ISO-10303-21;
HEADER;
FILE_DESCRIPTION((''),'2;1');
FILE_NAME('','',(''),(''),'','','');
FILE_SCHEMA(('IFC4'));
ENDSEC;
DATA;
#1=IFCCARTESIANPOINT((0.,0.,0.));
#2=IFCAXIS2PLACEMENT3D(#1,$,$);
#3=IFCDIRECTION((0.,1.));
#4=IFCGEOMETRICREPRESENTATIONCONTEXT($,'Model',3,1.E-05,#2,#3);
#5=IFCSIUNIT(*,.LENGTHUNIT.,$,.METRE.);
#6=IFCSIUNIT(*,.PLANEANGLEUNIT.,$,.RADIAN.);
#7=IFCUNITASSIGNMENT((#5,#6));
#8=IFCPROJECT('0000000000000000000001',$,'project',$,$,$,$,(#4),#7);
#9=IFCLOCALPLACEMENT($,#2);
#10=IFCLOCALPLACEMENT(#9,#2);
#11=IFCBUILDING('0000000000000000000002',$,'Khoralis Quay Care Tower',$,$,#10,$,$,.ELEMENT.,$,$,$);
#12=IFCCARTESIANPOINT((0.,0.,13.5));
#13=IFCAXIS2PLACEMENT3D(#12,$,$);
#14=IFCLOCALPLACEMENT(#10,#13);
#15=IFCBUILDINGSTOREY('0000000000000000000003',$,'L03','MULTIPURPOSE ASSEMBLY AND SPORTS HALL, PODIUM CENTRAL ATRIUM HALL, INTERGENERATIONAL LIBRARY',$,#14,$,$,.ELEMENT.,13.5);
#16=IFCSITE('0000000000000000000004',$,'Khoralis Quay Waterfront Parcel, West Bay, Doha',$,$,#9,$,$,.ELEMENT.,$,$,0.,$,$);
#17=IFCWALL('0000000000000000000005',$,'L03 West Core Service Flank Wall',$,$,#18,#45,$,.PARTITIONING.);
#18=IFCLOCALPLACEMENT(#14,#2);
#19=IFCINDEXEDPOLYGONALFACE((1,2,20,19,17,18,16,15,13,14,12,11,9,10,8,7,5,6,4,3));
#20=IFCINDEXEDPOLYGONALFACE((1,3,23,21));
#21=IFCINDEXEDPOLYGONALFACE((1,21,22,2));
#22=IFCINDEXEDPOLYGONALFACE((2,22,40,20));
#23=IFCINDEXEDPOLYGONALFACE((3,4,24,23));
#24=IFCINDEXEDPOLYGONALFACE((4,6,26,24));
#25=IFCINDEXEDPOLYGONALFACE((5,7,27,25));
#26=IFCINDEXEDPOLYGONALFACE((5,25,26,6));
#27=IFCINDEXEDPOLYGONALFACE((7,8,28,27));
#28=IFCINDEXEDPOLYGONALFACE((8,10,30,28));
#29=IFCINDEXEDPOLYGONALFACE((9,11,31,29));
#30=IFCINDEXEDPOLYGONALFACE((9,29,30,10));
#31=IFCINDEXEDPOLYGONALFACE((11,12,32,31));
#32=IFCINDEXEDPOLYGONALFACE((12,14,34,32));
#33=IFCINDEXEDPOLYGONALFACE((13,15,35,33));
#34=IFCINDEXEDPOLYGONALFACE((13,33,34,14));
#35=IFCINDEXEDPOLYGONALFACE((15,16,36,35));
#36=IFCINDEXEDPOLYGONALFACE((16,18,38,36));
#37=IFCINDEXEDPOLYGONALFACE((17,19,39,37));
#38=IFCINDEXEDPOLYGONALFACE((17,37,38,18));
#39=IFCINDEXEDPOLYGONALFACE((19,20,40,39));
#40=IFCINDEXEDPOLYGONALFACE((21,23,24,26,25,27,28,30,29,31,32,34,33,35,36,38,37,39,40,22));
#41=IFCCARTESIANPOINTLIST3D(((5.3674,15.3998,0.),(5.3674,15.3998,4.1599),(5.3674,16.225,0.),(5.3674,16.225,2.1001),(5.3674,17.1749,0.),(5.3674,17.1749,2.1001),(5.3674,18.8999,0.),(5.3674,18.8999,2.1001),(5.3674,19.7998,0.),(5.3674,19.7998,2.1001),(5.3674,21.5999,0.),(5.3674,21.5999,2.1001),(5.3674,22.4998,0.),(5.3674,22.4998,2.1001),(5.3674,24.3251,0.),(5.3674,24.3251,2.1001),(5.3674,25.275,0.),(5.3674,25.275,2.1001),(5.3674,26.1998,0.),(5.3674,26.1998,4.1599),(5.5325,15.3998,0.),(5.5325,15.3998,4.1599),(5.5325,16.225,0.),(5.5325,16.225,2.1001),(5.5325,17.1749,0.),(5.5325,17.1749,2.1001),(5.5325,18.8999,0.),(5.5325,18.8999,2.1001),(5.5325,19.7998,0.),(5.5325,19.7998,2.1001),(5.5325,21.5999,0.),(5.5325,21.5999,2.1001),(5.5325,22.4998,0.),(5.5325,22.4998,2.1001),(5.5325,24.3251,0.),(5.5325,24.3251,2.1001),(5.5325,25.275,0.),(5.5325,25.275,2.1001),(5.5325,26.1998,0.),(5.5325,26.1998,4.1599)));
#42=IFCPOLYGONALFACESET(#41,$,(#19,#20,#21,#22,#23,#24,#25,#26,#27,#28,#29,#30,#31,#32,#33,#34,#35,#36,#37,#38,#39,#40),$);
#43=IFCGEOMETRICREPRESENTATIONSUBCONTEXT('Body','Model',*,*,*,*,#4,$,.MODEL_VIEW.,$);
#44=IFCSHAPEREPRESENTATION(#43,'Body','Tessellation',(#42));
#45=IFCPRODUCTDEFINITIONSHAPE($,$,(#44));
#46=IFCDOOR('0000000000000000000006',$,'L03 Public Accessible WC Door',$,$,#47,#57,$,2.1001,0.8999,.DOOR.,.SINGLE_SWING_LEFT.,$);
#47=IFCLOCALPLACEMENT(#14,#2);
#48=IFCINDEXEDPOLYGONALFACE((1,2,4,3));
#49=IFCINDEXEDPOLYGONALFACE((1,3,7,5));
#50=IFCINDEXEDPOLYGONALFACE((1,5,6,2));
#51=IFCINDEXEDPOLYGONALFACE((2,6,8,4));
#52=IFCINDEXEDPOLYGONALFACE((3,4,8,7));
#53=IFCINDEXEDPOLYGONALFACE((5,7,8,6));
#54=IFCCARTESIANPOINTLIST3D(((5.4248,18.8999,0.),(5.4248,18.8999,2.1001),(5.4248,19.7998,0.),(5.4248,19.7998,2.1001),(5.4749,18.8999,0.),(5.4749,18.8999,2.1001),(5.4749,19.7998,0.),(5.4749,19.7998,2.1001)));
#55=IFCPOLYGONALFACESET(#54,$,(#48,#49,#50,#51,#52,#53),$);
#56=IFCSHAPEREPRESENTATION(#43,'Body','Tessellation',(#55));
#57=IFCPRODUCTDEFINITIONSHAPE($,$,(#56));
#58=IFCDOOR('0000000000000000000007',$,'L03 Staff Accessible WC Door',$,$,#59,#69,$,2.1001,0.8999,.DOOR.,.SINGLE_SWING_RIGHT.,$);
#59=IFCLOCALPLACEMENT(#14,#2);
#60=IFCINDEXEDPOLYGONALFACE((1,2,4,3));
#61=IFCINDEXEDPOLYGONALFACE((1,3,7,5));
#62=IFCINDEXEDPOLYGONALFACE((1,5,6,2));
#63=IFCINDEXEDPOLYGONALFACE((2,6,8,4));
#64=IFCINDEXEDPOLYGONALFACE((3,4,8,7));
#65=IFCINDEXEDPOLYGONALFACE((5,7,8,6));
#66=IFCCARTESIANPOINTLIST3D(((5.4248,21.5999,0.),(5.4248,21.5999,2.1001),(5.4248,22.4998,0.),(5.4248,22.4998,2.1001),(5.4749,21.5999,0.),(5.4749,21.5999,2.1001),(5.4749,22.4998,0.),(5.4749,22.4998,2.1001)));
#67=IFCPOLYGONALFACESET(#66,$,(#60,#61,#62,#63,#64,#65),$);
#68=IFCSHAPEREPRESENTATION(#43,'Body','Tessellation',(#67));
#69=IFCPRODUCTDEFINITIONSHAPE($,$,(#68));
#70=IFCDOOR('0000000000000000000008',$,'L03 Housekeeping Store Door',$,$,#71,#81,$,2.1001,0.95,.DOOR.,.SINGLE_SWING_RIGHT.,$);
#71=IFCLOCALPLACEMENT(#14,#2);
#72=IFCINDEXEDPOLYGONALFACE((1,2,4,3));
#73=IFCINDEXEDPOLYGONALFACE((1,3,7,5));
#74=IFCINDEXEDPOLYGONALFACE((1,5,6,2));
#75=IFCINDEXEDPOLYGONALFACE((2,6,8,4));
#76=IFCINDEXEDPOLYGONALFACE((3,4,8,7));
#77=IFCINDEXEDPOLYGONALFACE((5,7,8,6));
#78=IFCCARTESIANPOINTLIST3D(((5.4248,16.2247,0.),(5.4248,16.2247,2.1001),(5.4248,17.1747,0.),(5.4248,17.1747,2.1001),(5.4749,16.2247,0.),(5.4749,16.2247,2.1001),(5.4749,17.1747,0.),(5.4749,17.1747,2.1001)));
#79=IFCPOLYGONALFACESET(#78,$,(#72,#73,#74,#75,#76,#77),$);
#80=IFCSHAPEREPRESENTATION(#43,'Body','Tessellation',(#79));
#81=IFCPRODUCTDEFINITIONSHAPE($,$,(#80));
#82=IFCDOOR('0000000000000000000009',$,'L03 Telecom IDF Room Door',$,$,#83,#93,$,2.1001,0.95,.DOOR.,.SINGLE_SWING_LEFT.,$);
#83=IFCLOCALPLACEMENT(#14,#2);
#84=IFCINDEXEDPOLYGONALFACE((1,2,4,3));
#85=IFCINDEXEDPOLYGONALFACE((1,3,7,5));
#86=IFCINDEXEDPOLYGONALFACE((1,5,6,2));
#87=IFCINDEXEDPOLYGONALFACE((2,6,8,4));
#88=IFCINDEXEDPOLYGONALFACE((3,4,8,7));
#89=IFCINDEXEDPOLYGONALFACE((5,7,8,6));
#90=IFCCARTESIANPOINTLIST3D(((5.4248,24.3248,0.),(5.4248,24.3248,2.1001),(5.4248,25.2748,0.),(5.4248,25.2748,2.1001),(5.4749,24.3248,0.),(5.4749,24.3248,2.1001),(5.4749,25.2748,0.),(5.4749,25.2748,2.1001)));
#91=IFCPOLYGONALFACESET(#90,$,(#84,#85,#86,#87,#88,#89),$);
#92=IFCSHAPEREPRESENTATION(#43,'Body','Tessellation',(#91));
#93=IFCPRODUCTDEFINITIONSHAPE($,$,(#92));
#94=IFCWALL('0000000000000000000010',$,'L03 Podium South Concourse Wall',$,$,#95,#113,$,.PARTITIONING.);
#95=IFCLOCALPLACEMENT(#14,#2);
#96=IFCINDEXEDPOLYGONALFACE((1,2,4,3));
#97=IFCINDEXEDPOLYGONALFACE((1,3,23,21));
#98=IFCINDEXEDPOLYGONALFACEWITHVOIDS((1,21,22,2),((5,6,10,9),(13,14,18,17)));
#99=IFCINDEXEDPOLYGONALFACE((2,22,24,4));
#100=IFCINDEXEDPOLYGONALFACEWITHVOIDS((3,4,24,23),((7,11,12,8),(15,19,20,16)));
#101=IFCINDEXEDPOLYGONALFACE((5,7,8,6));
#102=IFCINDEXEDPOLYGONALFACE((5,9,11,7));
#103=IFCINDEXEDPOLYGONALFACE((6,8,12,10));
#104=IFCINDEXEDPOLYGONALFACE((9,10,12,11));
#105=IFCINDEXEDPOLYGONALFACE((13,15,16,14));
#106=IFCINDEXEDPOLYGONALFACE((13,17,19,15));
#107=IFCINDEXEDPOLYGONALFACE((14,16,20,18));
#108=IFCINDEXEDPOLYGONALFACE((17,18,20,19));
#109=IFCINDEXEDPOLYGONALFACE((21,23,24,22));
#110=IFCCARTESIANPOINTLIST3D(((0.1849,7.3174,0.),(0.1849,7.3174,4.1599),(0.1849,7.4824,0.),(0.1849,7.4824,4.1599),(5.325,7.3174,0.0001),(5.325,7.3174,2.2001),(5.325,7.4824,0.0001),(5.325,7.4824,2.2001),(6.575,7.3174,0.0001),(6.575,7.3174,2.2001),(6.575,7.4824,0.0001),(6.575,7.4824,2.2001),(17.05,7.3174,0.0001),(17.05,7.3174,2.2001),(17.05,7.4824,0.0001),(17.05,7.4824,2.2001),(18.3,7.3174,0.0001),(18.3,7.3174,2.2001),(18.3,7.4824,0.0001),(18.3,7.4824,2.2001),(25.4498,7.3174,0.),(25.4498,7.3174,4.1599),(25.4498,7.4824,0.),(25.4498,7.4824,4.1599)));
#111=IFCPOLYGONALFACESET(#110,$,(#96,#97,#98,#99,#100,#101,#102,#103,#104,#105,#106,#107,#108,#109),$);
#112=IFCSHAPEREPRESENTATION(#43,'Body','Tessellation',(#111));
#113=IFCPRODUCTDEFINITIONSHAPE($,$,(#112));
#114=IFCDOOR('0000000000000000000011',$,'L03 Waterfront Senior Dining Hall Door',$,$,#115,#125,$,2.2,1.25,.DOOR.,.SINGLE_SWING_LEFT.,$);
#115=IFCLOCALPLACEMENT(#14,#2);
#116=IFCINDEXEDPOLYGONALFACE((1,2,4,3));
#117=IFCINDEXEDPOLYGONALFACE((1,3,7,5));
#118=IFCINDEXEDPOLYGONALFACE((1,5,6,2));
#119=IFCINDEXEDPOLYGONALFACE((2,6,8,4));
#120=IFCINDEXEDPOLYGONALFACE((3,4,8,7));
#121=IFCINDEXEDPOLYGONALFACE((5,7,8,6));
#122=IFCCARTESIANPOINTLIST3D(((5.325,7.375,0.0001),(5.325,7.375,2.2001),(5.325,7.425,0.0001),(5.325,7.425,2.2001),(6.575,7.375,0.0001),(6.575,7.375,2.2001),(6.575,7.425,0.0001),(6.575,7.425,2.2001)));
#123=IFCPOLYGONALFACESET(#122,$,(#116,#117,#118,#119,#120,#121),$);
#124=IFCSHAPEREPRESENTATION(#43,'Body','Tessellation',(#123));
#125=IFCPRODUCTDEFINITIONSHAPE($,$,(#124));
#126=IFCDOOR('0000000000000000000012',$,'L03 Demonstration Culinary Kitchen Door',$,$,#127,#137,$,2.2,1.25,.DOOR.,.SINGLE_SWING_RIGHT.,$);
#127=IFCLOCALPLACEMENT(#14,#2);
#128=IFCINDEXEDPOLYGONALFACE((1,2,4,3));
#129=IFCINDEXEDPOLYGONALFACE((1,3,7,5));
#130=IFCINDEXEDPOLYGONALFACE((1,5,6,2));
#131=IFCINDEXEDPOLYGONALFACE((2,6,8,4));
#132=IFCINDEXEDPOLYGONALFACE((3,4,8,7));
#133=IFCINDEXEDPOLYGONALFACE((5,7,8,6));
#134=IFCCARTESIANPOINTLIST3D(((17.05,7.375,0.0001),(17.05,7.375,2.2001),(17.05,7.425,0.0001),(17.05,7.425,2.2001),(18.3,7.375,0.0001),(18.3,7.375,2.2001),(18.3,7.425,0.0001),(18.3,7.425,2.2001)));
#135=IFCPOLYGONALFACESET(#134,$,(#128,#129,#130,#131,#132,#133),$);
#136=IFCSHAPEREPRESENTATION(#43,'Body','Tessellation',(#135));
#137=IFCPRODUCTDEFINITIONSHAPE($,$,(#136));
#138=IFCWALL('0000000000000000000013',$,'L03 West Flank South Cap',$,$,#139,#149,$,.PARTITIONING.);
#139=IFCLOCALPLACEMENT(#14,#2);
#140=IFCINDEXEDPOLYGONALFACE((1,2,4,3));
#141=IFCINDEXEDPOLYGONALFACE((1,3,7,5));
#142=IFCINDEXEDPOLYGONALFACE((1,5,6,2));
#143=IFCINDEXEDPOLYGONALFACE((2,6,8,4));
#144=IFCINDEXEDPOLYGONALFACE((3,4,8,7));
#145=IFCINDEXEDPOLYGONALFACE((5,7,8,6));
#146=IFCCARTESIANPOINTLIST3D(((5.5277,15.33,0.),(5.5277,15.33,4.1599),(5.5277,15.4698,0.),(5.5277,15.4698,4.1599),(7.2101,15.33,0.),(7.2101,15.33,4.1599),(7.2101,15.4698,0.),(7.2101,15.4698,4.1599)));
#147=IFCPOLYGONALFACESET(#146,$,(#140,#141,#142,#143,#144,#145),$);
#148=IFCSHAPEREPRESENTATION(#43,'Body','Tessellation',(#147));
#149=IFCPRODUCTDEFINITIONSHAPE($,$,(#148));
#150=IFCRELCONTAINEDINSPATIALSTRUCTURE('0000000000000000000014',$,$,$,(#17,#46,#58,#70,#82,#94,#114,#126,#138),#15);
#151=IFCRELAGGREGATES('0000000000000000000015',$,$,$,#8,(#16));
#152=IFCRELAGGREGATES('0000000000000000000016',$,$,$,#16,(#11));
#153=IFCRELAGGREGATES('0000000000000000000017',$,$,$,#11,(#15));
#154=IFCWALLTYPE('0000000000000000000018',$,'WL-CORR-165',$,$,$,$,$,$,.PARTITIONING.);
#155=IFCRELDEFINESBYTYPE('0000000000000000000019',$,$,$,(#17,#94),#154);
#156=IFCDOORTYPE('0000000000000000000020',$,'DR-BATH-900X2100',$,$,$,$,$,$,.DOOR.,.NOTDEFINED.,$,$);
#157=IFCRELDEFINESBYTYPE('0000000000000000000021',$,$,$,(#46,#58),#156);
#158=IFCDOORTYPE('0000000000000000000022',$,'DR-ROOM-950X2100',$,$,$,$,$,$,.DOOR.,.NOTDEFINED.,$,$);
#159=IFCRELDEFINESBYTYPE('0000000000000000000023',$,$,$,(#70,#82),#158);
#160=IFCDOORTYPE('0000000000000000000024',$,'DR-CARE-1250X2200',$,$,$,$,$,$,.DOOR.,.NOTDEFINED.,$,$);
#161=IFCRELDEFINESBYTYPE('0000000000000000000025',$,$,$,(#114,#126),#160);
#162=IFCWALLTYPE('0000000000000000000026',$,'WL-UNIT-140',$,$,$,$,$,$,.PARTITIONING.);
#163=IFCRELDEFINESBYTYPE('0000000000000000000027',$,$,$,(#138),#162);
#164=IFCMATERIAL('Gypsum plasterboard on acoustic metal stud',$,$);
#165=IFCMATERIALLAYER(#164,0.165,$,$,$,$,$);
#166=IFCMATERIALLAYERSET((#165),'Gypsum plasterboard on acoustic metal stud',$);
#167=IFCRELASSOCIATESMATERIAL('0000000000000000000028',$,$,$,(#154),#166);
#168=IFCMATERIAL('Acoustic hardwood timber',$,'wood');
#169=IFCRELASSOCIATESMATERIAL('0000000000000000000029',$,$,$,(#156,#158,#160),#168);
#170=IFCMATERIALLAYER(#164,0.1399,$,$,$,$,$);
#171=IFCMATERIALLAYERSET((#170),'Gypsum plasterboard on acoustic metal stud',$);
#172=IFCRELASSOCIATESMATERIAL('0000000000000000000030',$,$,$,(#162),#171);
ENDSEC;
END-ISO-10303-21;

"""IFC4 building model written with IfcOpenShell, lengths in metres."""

from ifc_helpers import new_model, si_unit, direction, frame, frame_2d, origin, place, context, subcontext, project, spatial, rectangle, extrude, source, transform, mapped, material, layer, layer_set, type_object, element, fill, save


model = new_model("IFC4")

# Units and contexts
model_context = context("Model", 3, precision=1e-05, world=origin(), true_north=direction((0.0, 1.0)))
body_context = subcontext(model_context, "Body", "Model", "MODEL_VIEW")
ifc_project = project(units=[si_unit("LENGTHUNIT", "METRE"), si_unit("PLANEANGLEUNIT", "RADIAN")], contexts=[model_context])

# Site, building, storey
site_placement = place(None, origin())
site = spatial("IfcSite", under=ifc_project, at=site_placement, Name="Khoralis Quay Waterfront Parcel, West Bay, Doha", CompositionType="ELEMENT", RefElevation=0.0)
building_placement = place(site_placement, origin())
building = spatial("IfcBuilding", under=site, at=building_placement, Name="Khoralis Quay Care Tower", CompositionType="ELEMENT")
storey_placement = place(building_placement, frame((0.0, 0.0, 13.5)))
storey = spatial("IfcBuildingStorey", under=building, at=storey_placement, Name="L03", Description="MULTIPURPOSE ASSEMBLY AND SPORTS HALL, PODIUM CENTRAL ATRIUM HALL, INTERGENERATIONAL LIBRARY", CompositionType="ELEMENT", Elevation=13.5)

# Walls, openings, doors
ifc_material_1 = material(Name="Gypsum plasterboard on acoustic metal stud")
ifc_layer_1 = layer(ifc_material_1, 0.165)
ifc_layer_set_1 = layer_set([ifc_layer_1], Name="Gypsum plasterboard on acoustic metal stud")
wall_type_1 = type_object("IfcWallType", Name="WL-CORR-165", PredefinedType="PARTITIONING", material=ifc_layer_set_1)
wall_1_placement = place(storey_placement, frame((5.45, 15.3999, 0.0), z_axis=(0.0, 0.0, 1.0), x_axis=(0.0, 1.0, 0.0)))
wall_1 = element("IfcWall", 1, at=wall_1_placement, inside=storey, type_object=wall_type_1, Name="L03 West Core Service Flank Wall", PredefinedType="PARTITIONING", context=body_context, shape_type="SweptSolid", body=[
    extrude(rectangle(XDim=10.8, YDim=0.165, at=frame_2d((5.3999, 0.0))), origin(), (0.0, 0.0, 1.0), 4.1599),
])
opening_1_placement = place(wall_1_placement, frame((0.825, 0.0, 0.0)))
opening_1 = element("IfcOpeningElement", 2, at=opening_1_placement, cuts=wall_1, PredefinedType="OPENING", context=body_context, shape_type="SweptSolid", body=[
    extrude(rectangle(XDim=0.95, YDim=2.1001, at=frame_2d((0.4751, 1.05))), frame((0.0, 0.0925, 0.0), z_axis=(0.0, -1.0, 0.0), x_axis=(1.0, 0.0, 0.0)), (0.0, 0.0, 1.0), 0.1851),
])
opening_2_placement = place(wall_1_placement, frame((3.5, 0.0, 0.0)))
opening_2 = element("IfcOpeningElement", 3, at=opening_2_placement, cuts=wall_1, PredefinedType="OPENING", context=body_context, shape_type="SweptSolid", body=[
    extrude(rectangle(XDim=0.8999, YDim=2.1001, at=frame_2d((0.45, 1.05))), frame((0.0, 0.0925, 0.0), z_axis=(0.0, -1.0, 0.0), x_axis=(1.0, 0.0, 0.0)), (0.0, 0.0, 1.0), 0.1851),
])
opening_3_placement = place(wall_1_placement, frame((6.2, 0.0, 0.0)))
opening_3 = element("IfcOpeningElement", 4, at=opening_3_placement, cuts=wall_1, PredefinedType="OPENING", context=body_context, shape_type="SweptSolid", body=[
    extrude(rectangle(XDim=0.8999, YDim=2.1001, at=frame_2d((0.45, 1.05))), frame((0.0, 0.0925, 0.0), z_axis=(0.0, -1.0, 0.0), x_axis=(1.0, 0.0, 0.0)), (0.0, 0.0, 1.0), 0.1851),
])
opening_4_placement = place(wall_1_placement, frame((8.925, 0.0, 0.0)))
opening_4 = element("IfcOpeningElement", 5, at=opening_4_placement, cuts=wall_1, PredefinedType="OPENING", context=body_context, shape_type="SweptSolid", body=[
    extrude(rectangle(XDim=0.95, YDim=2.1001, at=frame_2d((0.4751, 1.05))), frame((0.0, 0.0925, 0.0), z_axis=(0.0, -1.0, 0.0), x_axis=(1.0, 0.0, 0.0)), (0.0, 0.0, 1.0), 0.1851),
])
ifc_material_2 = material(Name="Acoustic hardwood timber", Category="wood")
door_type_1 = type_object("IfcDoorType", Name="DR-BATH-900X2100", OperationType="NOTDEFINED", PredefinedType="DOOR", material=ifc_material_2)
shared_shape_1 = source(origin(), body_context, "Body", "SweptSolid", [
    extrude(rectangle(XDim=0.8999, YDim=2.1001, at=frame_2d((0.45, 1.05))), frame((0.0, 0.0249, 0.0), z_axis=(0.0, -1.0, 0.0), x_axis=(1.0, 0.0, 0.0)), (0.0, 0.0, 1.0), 0.05),
])
door_1_placement = place(opening_2_placement, frame((0.8999, 0.0, 0.0), z_axis=(0.0, 0.0, 1.0), x_axis=(-1.0, 0.0, 0.0)))
door_1 = element("IfcDoor", 6, at=door_1_placement, inside=storey, type_object=door_type_1, Name="L03 Public Accessible WC Door", OperationType="SINGLE_SWING_LEFT", OverallHeight=2.1001, OverallWidth=0.8999, PredefinedType="DOOR", context=body_context, shape_type="MappedRepresentation", body=[
    mapped(shared_shape_1, transform((0.0, 0.0, 0.0), scale=1.0)),
])
fill(opening_2, door_1)
door_2_placement = place(opening_3_placement, frame((0.8999, 0.0, 0.0), z_axis=(0.0, 0.0, 1.0), x_axis=(-1.0, 0.0, 0.0)))
door_2 = element("IfcDoor", 7, at=door_2_placement, inside=storey, type_object=door_type_1, Name="L03 Staff Accessible WC Door", OperationType="SINGLE_SWING_RIGHT", OverallHeight=2.1001, OverallWidth=0.8999, PredefinedType="DOOR", context=body_context, shape_type="MappedRepresentation", body=[
    mapped(shared_shape_1, transform((0.0, 0.0, 0.0), scale=1.0)),
])
fill(opening_3, door_2)
door_type_2 = type_object("IfcDoorType", Name="DR-ROOM-950X2100", OperationType="NOTDEFINED", PredefinedType="DOOR", material=ifc_material_2)
shared_shape_2 = source(origin(), body_context, "Body", "SweptSolid", [
    extrude(rectangle(XDim=0.95, YDim=2.1001, at=frame_2d((0.4751, 1.05))), frame((0.0, 0.0249, 0.0), z_axis=(0.0, -1.0, 0.0), x_axis=(1.0, 0.0, 0.0)), (0.0, 0.0, 1.0), 0.05),
])
door_3_placement = place(opening_1_placement, frame((0.95, 0.0, 0.0), z_axis=(0.0, 0.0, 1.0), x_axis=(-1.0, 0.0, 0.0)))
door_3 = element("IfcDoor", 8, at=door_3_placement, inside=storey, type_object=door_type_2, Name="L03 Housekeeping Store Door", OperationType="SINGLE_SWING_RIGHT", OverallHeight=2.1001, OverallWidth=0.95, PredefinedType="DOOR", context=body_context, shape_type="MappedRepresentation", body=[
    mapped(shared_shape_2, transform((0.0, 0.0, 0.0), scale=1.0)),
])
fill(opening_1, door_3)
door_4_placement = place(opening_4_placement, frame((0.95, 0.0, 0.0), z_axis=(0.0, 0.0, 1.0), x_axis=(-1.0, 0.0, 0.0)))
door_4 = element("IfcDoor", 9, at=door_4_placement, inside=storey, type_object=door_type_2, Name="L03 Telecom IDF Room Door", OperationType="SINGLE_SWING_LEFT", OverallHeight=2.1001, OverallWidth=0.95, PredefinedType="DOOR", context=body_context, shape_type="MappedRepresentation", body=[
    mapped(shared_shape_2, transform((0.0, 0.0, 0.0), scale=1.0)),
])
fill(opening_4, door_4)
wall_2_placement = place(storey_placement, frame((0.1851, 7.3999, 0.0), z_axis=(0.0, 0.0, 1.0), x_axis=(1.0, 0.0, 0.0)))
wall_2 = element("IfcWall", 10, at=wall_2_placement, inside=storey, type_object=wall_type_1, Name="L03 Podium South Concourse Wall", PredefinedType="PARTITIONING", context=body_context, shape_type="SweptSolid", body=[
    extrude(rectangle(XDim=25.2649, YDim=0.165, at=frame_2d((12.6323, 0.0))), origin(), (0.0, 0.0, 1.0), 4.1599),
])
opening_5_placement = place(wall_2_placement, frame((5.1399, 0.0, 0.0)))
opening_5 = element("IfcOpeningElement", 11, at=opening_5_placement, cuts=wall_2, PredefinedType="OPENING", context=body_context, shape_type="SweptSolid", body=[
    extrude(rectangle(XDim=1.25, YDim=2.2, at=frame_2d((0.625, 1.1001))), frame((0.0, 0.0925, 0.0), z_axis=(0.0, -1.0, 0.0), x_axis=(1.0, 0.0, 0.0)), (0.0, 0.0, 1.0), 0.1851),
])
opening_6_placement = place(wall_2_placement, frame((16.865, 0.0, 0.0)))
opening_6 = element("IfcOpeningElement", 12, at=opening_6_placement, cuts=wall_2, PredefinedType="OPENING", context=body_context, shape_type="SweptSolid", body=[
    extrude(rectangle(XDim=1.25, YDim=2.2, at=frame_2d((0.625, 1.1001))), frame((0.0, 0.0925, 0.0), z_axis=(0.0, -1.0, 0.0), x_axis=(1.0, 0.0, 0.0)), (0.0, 0.0, 1.0), 0.1851),
])
door_type_3 = type_object("IfcDoorType", Name="DR-CARE-1250X2200", OperationType="NOTDEFINED", PredefinedType="DOOR", material=ifc_material_2)
shared_shape_3 = source(origin(), body_context, "Body", "SweptSolid", [
    extrude(rectangle(XDim=1.25, YDim=2.2, at=frame_2d((0.625, 1.1001))), frame((0.0, 0.0249, 0.0), z_axis=(0.0, -1.0, 0.0), x_axis=(1.0, 0.0, 0.0)), (0.0, 0.0, 1.0), 0.05),
])
door_5_placement = place(opening_5_placement, frame((1.25, 0.0, 0.0), z_axis=(0.0, 0.0, 1.0), x_axis=(-1.0, 0.0, 0.0)))
door_5 = element("IfcDoor", 13, at=door_5_placement, inside=storey, type_object=door_type_3, Name="L03 Waterfront Senior Dining Hall Door", OperationType="SINGLE_SWING_LEFT", OverallHeight=2.2, OverallWidth=1.25, PredefinedType="DOOR", context=body_context, shape_type="MappedRepresentation", body=[
    mapped(shared_shape_3, transform((0.0, 0.0, 0.0), scale=1.0)),
])
fill(opening_5, door_5)
door_6_placement = place(opening_6_placement, frame((1.25, 0.0, 0.0), z_axis=(0.0, 0.0, 1.0), x_axis=(-1.0, 0.0, 0.0)))
door_6 = element("IfcDoor", 14, at=door_6_placement, inside=storey, type_object=door_type_3, Name="L03 Demonstration Culinary Kitchen Door", OperationType="SINGLE_SWING_RIGHT", OverallHeight=2.2, OverallWidth=1.25, PredefinedType="DOOR", context=body_context, shape_type="MappedRepresentation", body=[
    mapped(shared_shape_3, transform((0.0, 0.0, 0.0), scale=1.0)),
])
fill(opening_6, door_6)

# Wall
ifc_layer_2 = layer(ifc_material_1, 0.1399)
ifc_layer_set_2 = layer_set([ifc_layer_2], Name="Gypsum plasterboard on acoustic metal stud")
wall_type_2 = type_object("IfcWallType", Name="WL-UNIT-140", PredefinedType="PARTITIONING", material=ifc_layer_set_2)
wall_3_placement = place(storey_placement, frame((5.5276, 15.3999, 0.0), z_axis=(0.0, 0.0, 1.0), x_axis=(1.0, 0.0, 0.0)))
element("IfcWall", 15, at=wall_3_placement, inside=storey, type_object=wall_type_2, Name="L03 West Flank South Cap", PredefinedType="PARTITIONING", context=body_context, shape_type="SweptSolid", body=[
    extrude(rectangle(XDim=1.6824, YDim=0.1399, at=frame_2d((0.8413, 0.0))), origin(), (0.0, 0.0, 1.0), 4.1599),
])

save(model, "model.ifc")
